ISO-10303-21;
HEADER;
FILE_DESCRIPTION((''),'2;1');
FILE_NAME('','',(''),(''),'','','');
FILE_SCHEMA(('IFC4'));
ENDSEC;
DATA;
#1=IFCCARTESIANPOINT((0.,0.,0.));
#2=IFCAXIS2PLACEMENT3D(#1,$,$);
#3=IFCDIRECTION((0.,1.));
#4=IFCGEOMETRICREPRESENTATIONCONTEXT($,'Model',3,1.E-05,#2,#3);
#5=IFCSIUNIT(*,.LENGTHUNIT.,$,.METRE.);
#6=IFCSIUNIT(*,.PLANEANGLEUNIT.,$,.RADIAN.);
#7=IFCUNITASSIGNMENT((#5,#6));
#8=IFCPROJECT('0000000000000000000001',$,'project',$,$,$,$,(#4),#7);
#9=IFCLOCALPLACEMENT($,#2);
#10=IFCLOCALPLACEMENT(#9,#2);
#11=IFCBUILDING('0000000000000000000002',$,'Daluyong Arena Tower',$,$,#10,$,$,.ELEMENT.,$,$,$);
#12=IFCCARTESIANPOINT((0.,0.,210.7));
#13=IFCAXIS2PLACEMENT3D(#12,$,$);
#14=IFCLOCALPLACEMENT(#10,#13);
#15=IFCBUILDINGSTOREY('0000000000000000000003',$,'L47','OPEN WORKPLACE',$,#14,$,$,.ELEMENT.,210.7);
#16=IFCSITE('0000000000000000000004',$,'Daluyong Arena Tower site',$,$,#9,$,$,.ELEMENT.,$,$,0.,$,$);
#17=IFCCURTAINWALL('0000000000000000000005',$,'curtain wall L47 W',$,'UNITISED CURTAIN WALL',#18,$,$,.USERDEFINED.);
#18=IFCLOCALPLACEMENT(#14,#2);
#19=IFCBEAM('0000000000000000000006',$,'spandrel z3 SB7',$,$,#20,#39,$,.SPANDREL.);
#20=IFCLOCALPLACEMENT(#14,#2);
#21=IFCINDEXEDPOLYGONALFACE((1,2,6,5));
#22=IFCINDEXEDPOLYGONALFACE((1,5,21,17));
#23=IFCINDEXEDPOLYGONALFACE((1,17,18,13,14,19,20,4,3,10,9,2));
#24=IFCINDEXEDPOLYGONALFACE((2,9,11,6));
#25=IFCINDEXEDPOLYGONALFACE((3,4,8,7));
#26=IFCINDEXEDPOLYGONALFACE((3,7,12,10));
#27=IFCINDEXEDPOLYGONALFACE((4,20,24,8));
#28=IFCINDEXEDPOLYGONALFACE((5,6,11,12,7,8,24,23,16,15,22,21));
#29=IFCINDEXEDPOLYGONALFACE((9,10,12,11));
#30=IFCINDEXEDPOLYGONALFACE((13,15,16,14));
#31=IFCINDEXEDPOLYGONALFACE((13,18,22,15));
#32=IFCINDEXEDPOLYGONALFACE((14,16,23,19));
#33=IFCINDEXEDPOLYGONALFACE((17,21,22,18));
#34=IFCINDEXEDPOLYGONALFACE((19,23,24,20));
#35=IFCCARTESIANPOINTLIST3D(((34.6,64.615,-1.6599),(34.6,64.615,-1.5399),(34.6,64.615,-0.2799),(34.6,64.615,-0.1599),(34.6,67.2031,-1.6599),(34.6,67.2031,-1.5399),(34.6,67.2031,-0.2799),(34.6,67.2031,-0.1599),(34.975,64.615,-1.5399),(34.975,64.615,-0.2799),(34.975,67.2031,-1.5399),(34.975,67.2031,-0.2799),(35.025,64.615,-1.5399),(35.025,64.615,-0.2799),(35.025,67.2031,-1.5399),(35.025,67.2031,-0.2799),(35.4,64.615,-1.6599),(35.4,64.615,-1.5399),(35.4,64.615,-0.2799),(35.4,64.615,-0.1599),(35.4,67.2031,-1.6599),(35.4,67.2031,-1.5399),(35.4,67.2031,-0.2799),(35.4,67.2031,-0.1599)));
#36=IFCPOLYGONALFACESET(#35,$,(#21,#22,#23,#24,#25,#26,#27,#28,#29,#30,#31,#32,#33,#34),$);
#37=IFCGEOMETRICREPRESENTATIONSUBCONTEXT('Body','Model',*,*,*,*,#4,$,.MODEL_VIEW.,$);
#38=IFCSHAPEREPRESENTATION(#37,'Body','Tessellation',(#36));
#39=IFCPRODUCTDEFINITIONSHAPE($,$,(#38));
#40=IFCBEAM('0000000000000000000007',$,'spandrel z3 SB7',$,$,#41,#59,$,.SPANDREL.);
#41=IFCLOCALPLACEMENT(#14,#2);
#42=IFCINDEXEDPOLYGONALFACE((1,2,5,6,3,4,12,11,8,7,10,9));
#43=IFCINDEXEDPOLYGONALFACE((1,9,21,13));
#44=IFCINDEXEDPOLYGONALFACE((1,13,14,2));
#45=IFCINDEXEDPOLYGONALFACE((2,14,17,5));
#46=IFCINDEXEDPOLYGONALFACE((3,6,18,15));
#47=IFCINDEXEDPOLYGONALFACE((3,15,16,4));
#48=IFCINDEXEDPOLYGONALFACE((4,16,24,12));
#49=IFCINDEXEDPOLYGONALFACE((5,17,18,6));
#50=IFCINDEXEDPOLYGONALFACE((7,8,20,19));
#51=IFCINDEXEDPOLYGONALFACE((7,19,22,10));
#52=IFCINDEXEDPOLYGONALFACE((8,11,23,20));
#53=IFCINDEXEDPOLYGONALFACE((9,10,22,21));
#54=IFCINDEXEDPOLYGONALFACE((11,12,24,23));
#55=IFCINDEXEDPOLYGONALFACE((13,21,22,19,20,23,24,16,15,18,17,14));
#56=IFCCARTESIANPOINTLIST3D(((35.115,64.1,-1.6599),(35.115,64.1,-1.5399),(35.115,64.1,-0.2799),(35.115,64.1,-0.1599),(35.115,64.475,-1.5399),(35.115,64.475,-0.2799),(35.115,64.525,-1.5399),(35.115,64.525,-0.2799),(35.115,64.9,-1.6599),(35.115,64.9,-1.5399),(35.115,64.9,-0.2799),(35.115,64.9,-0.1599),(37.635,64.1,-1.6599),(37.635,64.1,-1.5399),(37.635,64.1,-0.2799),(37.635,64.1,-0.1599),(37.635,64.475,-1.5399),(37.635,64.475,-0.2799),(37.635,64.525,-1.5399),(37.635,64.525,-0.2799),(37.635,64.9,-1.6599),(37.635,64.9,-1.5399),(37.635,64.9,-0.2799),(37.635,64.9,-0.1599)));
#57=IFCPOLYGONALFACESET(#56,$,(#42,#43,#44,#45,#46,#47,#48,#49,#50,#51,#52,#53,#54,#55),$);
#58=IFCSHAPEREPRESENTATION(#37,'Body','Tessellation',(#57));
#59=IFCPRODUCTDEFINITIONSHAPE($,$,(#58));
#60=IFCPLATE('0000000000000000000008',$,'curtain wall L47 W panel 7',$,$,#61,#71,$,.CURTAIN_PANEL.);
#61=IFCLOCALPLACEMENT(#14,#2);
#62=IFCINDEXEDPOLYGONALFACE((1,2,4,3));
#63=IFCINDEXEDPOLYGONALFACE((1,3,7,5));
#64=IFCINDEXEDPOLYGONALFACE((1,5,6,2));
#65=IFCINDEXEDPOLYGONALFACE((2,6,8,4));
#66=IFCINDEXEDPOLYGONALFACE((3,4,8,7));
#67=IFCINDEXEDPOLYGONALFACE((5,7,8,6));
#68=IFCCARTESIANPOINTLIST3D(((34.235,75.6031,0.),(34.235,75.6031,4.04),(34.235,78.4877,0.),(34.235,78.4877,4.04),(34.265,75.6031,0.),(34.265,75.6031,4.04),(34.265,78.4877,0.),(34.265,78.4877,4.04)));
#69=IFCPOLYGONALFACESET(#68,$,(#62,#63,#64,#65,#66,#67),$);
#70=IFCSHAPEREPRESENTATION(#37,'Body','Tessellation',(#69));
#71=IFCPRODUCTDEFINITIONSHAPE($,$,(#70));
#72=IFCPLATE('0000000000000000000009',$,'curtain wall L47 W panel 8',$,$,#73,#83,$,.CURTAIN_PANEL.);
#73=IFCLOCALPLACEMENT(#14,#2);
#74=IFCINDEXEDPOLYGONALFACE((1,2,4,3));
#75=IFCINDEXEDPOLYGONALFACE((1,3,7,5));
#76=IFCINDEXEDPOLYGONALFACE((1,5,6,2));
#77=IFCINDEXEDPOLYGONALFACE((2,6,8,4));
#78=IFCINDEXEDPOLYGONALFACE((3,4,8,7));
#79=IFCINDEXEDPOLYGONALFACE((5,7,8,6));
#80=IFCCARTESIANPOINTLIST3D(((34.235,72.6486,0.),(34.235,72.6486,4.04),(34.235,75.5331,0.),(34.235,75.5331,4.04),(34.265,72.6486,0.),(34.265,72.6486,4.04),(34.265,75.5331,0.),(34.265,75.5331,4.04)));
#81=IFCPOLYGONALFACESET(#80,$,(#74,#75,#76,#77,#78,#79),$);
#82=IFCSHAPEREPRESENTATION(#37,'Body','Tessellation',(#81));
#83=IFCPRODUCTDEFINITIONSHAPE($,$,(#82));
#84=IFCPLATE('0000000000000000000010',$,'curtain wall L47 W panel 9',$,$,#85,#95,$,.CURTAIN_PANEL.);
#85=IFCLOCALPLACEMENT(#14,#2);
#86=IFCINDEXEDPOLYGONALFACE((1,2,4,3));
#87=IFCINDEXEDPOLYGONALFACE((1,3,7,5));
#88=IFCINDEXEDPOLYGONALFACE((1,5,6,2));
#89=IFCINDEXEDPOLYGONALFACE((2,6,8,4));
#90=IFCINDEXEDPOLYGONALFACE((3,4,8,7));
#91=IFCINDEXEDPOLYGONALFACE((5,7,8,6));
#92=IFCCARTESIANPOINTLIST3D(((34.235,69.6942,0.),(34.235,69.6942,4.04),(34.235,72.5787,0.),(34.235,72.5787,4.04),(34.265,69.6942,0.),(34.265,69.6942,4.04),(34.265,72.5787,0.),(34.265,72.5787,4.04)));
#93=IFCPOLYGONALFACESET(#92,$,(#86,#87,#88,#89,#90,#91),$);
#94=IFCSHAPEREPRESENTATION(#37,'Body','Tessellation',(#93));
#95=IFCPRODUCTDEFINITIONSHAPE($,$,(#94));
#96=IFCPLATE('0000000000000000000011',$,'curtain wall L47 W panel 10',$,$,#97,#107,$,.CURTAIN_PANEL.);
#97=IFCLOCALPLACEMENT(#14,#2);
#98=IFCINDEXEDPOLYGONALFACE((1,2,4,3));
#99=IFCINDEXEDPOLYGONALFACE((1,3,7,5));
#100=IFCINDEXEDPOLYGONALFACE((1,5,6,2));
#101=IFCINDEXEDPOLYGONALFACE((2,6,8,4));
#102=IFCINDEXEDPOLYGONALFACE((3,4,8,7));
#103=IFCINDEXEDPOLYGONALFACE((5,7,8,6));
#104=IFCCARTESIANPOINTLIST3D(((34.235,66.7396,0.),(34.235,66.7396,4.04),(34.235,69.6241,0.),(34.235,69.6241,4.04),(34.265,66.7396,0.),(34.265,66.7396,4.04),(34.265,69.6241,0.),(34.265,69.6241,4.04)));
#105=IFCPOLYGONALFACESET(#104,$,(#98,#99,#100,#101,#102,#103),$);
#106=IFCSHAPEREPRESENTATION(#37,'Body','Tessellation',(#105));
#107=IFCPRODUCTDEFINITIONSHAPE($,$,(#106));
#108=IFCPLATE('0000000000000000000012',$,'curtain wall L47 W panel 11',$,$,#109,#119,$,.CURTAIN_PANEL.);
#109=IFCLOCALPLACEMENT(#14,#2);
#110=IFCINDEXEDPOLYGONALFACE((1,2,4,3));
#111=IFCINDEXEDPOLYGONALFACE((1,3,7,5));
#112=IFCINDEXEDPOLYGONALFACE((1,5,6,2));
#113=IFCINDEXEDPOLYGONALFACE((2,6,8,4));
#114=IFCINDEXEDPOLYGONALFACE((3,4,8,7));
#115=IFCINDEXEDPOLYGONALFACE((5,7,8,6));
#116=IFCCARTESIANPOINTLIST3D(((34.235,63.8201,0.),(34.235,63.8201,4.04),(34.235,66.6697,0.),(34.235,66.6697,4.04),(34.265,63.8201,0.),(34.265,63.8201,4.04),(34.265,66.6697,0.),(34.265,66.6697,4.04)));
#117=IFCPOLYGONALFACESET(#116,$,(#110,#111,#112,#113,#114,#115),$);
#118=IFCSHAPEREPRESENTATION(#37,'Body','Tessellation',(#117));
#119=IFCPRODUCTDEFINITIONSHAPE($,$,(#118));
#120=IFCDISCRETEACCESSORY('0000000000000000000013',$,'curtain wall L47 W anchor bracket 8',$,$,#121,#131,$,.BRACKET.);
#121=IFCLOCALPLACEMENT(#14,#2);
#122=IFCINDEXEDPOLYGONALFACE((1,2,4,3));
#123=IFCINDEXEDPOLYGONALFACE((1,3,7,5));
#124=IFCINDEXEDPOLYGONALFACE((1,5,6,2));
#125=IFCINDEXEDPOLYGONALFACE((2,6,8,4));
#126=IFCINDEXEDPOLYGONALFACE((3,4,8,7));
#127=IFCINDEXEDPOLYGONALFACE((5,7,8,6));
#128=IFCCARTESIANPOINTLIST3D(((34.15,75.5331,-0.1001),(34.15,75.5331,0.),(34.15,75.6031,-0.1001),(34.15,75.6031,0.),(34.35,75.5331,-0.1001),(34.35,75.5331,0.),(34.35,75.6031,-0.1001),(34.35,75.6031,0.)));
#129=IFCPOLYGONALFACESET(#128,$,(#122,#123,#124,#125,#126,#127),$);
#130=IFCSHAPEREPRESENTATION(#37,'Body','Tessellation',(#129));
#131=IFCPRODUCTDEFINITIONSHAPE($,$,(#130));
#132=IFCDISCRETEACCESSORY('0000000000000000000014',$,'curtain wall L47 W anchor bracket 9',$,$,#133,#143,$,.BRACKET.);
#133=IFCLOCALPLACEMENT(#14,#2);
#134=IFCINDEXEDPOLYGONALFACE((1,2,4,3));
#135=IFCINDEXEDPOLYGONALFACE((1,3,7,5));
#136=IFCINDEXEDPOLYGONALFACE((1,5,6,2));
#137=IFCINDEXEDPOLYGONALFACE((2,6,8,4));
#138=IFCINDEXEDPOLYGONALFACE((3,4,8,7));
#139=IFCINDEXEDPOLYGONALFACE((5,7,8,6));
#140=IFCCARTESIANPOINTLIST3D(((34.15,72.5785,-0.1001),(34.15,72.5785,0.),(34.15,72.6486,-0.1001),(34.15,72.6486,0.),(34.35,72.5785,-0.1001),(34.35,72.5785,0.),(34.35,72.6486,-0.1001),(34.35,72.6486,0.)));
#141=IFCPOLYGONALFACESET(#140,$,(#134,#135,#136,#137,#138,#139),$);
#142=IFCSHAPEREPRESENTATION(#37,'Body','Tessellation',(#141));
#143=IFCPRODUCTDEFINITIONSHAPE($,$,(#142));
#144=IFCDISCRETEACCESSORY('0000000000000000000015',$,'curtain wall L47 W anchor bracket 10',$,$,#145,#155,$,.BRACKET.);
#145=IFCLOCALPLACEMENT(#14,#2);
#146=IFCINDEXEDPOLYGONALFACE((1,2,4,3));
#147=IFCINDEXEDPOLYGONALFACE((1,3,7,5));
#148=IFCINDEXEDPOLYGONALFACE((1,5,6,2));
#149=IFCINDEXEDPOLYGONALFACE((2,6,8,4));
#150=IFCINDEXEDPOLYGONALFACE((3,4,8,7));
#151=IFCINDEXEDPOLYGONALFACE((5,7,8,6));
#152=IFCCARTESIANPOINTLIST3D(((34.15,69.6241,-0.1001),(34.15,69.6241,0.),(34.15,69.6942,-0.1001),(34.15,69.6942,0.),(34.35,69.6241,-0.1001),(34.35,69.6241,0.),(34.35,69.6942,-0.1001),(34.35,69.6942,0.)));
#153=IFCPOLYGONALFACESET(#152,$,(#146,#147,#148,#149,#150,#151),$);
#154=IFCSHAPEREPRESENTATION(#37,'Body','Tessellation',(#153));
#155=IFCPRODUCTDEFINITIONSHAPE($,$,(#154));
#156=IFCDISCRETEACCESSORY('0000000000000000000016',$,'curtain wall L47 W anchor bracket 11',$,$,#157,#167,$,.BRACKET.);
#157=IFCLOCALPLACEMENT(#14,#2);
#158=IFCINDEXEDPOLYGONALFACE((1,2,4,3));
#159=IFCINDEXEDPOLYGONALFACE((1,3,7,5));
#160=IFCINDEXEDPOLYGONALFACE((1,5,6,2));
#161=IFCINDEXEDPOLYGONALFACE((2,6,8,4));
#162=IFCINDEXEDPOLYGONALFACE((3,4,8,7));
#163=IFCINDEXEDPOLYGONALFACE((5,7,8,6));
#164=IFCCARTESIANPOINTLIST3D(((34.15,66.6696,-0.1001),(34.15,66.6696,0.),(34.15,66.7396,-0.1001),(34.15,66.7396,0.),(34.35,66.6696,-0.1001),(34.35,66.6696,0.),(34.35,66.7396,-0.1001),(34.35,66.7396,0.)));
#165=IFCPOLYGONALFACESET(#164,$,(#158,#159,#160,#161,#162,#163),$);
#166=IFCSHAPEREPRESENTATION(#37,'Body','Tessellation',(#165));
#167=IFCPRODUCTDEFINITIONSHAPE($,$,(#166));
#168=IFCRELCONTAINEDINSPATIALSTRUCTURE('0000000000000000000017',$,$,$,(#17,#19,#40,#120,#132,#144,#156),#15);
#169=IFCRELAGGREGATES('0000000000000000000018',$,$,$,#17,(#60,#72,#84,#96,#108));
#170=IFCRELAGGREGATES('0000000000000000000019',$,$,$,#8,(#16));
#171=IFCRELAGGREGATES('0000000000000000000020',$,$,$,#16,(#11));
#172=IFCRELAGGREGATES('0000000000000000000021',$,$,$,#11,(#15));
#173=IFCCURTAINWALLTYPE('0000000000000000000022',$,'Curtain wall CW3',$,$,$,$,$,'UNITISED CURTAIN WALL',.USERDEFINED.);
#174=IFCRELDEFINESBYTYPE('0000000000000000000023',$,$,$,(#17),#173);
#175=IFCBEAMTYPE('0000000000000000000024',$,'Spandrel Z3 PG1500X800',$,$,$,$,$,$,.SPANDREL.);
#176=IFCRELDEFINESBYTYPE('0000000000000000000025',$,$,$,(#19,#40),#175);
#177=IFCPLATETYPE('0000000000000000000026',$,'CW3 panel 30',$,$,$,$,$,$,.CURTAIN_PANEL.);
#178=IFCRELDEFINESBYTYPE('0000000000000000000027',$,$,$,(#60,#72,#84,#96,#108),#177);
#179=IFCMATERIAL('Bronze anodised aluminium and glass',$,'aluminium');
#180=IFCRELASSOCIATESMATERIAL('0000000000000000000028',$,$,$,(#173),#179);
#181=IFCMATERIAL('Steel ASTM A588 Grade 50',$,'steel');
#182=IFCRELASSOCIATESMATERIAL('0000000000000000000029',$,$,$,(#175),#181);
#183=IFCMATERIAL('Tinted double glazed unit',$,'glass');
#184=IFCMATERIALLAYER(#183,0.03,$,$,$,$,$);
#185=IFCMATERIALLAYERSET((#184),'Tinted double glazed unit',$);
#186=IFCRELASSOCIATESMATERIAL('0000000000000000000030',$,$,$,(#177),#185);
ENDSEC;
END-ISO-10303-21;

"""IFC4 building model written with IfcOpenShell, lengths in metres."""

from ifc_helpers import new_model, si_unit, direction, frame, origin, origin_2d, place, context, subcontext, project, spatial, rectangle, i_section, extrude, material, layer, layer_set, material_profile, profile_set, type_object, element, aggregate, save


model = new_model("IFC4")

# Units and contexts
model_context = context("Model", 3, precision=1e-05, world=origin(), true_north=direction((0.0, 1.0)))
body_context = subcontext(model_context, "Body", "Model", "MODEL_VIEW")
ifc_project = project(units=[si_unit("LENGTHUNIT", "METRE"), si_unit("PLANEANGLEUNIT", "RADIAN")], contexts=[model_context])

# Site, building, storey
site_placement = place(None, origin())
site = spatial("IfcSite", under=ifc_project, at=site_placement, Name="Daluyong Arena Tower site", CompositionType="ELEMENT", RefElevation=0.0)
building_placement = place(site_placement, origin())
building = spatial("IfcBuilding", under=site, at=building_placement, Name="Daluyong Arena Tower", CompositionType="ELEMENT")
storey_placement = place(building_placement, frame((0.0, 0.0, 210.7)))
storey = spatial("IfcBuildingStorey", under=building, at=storey_placement, Name="L47", Description="OPEN WORKPLACE", CompositionType="ELEMENT", Elevation=210.7)

# Curtain wall
ifc_material_1 = material(Name="Bronze anodised aluminium and glass", Category="aluminium")
curtain_wall_type_1 = type_object("IfcCurtainWallType", Name="Curtain wall CW3", ElementType="UNITISED CURTAIN WALL", PredefinedType="USERDEFINED", material=ifc_material_1)
curtain_wall_1_placement = place(storey_placement, origin())
curtain_wall_1 = element("IfcCurtainWall", 1, at=curtain_wall_1_placement, inside=storey, type_object=curtain_wall_type_1, Name="curtain wall L47 W", ObjectType="UNITISED CURTAIN WALL", PredefinedType="USERDEFINED")

# Beams
ifc_material_2 = material(Name="Steel ASTM A588 Grade 50", Category="steel")
ifc_material_profile_1 = material_profile(ifc_material_2, i_section(OverallWidth=0.8, OverallDepth=1.5, WebThickness=0.05, FlangeThickness=0.12, at=origin_2d()))
ifc_profile_set_1 = profile_set([ifc_material_profile_1], Name="Steel ASTM A588 Grade 50")
beam_type_1 = type_object("IfcBeamType", Name="Spandrel Z3 PG1500X800", PredefinedType="SPANDREL", material=ifc_profile_set_1)
beam_1_placement = place(storey_placement, frame((35.0, 67.2031, -0.9099), z_axis=(0.0, -1.0, 0.0), x_axis=(1.0, 0.0, 0.0)))
element("IfcBeam", 2, at=beam_1_placement, inside=storey, type_object=beam_type_1, Name="spandrel z3 SB7", PredefinedType="SPANDREL", context=body_context, shape_type="SweptSolid", body=[
    extrude(i_section(OverallWidth=0.8, OverallDepth=1.5, WebThickness=0.05, FlangeThickness=0.12, at=origin_2d()), origin(), (0.0, 0.0, 1.0), 2.5881),
])
beam_2_placement = place(storey_placement, frame((35.115, 64.5, -0.9099), z_axis=(1.0, 0.0, 0.0), x_axis=(0.0, 1.0, 0.0)))
element("IfcBeam", 3, at=beam_2_placement, inside=storey, type_object=beam_type_1, Name="spandrel z3 SB7", PredefinedType="SPANDREL", context=body_context, shape_type="SweptSolid", body=[
    extrude(i_section(OverallWidth=0.8, OverallDepth=1.5, WebThickness=0.05, FlangeThickness=0.12, at=origin_2d()), origin(), (0.0, 0.0, 1.0), 2.52),
])

# Plates
ifc_material_3 = material(Name="Tinted double glazed unit", Category="glass")
ifc_layer = layer(ifc_material_3, 0.03)
ifc_layer_set = layer_set([ifc_layer], Name="Tinted double glazed unit")
plate_type = type_object("IfcPlateType", Name="CW3 panel 30", PredefinedType="CURTAIN_PANEL", material=ifc_layer_set)
plate_1_placement = place(storey_placement, frame((34.25, 77.0454, 0.0), z_axis=(0.0, 0.0, 1.0), x_axis=(0.0, -1.0, 0.0)))
plate_1 = element("IfcPlate", 4, at=plate_1_placement, type_object=plate_type, Name="curtain wall L47 W panel 7", PredefinedType="CURTAIN_PANEL", context=body_context, shape_type="SweptSolid", body=[
    extrude(rectangle(XDim=2.8845, YDim=0.03, at=origin_2d()), origin(), (0.0, 0.0, 1.0), 4.04),
])
plate_2_placement = place(storey_placement, frame((34.25, 74.0908, 0.0), z_axis=(0.0, 0.0, 1.0), x_axis=(0.0, -1.0, 0.0)))
plate_2 = element("IfcPlate", 5, at=plate_2_placement, type_object=plate_type, Name="curtain wall L47 W panel 8", PredefinedType="CURTAIN_PANEL", context=body_context, shape_type="SweptSolid", body=[
    extrude(rectangle(XDim=2.8845, YDim=0.03, at=origin_2d()), origin(), (0.0, 0.0, 1.0), 4.04),
])
plate_3_placement = place(storey_placement, frame((34.25, 71.1365, 0.0), z_axis=(0.0, 0.0, 1.0), x_axis=(0.0, -1.0, 0.0)))
plate_3 = element("IfcPlate", 6, at=plate_3_placement, type_object=plate_type, Name="curtain wall L47 W panel 9", PredefinedType="CURTAIN_PANEL", context=body_context, shape_type="SweptSolid", body=[
    extrude(rectangle(XDim=2.8845, YDim=0.03, at=origin_2d()), origin(), (0.0, 0.0, 1.0), 4.04),
])
plate_4_placement = place(storey_placement, frame((34.25, 68.1819, 0.0), z_axis=(0.0, 0.0, 1.0), x_axis=(0.0, -1.0, 0.0)))
plate_4 = element("IfcPlate", 7, at=plate_4_placement, type_object=plate_type, Name="curtain wall L47 W panel 10", PredefinedType="CURTAIN_PANEL", context=body_context, shape_type="SweptSolid", body=[
    extrude(rectangle(XDim=2.8845, YDim=0.03, at=origin_2d()), origin(), (0.0, 0.0, 1.0), 4.04),
])
plate_5_placement = place(storey_placement, frame((34.25, 65.2449, 0.0), z_axis=(0.0, 0.0, 1.0), x_axis=(0.0, -1.0, 0.0)))
plate_5 = element("IfcPlate", 8, at=plate_5_placement, type_object=plate_type, Name="curtain wall L47 W panel 11", PredefinedType="CURTAIN_PANEL", context=body_context, shape_type="SweptSolid", body=[
    extrude(rectangle(XDim=2.8496, YDim=0.03, at=origin_2d()), origin(), (0.0, 0.0, 1.0), 4.04),
])
aggregate(curtain_wall_1, [plate_1, plate_2, plate_3, plate_4, plate_5])

# Discrete accessories
for number, where, z_axis, x_axis, name in (
    (9, (34.25, 75.5681, -0.1001), (0.0, 0.0, 1.0), (0.0, -1.0, 0.0), "curtain wall L47 W anchor bracket 8"),
    (10, (34.25, 72.6135, -0.1001), (0.0, 0.0, 1.0), (0.0, -1.0, 0.0), "curtain wall L47 W anchor bracket 9"),
    (11, (34.25, 69.6592, -0.1001), (0.0, 0.0, 1.0), (0.0, -1.0, 0.0), "curtain wall L47 W anchor bracket 10"),
    (12, (34.25, 66.7046, -0.1001), (0.0, 0.0, 1.0), (0.0, -1.0, 0.0), "curtain wall L47 W anchor bracket 11"),
):
    element("IfcDiscreteAccessory", number, at=place(storey_placement, frame(where, z_axis=z_axis, x_axis=x_axis)), inside=storey, Name=name, PredefinedType="BRACKET", context=body_context, shape_type="SweptSolid", body=[
        extrude(rectangle(XDim=0.0701, YDim=0.2, at=origin_2d()), origin(), (0.0, 0.0, 1.0), 0.1001),
    ])

save(model, "model.ifc")
